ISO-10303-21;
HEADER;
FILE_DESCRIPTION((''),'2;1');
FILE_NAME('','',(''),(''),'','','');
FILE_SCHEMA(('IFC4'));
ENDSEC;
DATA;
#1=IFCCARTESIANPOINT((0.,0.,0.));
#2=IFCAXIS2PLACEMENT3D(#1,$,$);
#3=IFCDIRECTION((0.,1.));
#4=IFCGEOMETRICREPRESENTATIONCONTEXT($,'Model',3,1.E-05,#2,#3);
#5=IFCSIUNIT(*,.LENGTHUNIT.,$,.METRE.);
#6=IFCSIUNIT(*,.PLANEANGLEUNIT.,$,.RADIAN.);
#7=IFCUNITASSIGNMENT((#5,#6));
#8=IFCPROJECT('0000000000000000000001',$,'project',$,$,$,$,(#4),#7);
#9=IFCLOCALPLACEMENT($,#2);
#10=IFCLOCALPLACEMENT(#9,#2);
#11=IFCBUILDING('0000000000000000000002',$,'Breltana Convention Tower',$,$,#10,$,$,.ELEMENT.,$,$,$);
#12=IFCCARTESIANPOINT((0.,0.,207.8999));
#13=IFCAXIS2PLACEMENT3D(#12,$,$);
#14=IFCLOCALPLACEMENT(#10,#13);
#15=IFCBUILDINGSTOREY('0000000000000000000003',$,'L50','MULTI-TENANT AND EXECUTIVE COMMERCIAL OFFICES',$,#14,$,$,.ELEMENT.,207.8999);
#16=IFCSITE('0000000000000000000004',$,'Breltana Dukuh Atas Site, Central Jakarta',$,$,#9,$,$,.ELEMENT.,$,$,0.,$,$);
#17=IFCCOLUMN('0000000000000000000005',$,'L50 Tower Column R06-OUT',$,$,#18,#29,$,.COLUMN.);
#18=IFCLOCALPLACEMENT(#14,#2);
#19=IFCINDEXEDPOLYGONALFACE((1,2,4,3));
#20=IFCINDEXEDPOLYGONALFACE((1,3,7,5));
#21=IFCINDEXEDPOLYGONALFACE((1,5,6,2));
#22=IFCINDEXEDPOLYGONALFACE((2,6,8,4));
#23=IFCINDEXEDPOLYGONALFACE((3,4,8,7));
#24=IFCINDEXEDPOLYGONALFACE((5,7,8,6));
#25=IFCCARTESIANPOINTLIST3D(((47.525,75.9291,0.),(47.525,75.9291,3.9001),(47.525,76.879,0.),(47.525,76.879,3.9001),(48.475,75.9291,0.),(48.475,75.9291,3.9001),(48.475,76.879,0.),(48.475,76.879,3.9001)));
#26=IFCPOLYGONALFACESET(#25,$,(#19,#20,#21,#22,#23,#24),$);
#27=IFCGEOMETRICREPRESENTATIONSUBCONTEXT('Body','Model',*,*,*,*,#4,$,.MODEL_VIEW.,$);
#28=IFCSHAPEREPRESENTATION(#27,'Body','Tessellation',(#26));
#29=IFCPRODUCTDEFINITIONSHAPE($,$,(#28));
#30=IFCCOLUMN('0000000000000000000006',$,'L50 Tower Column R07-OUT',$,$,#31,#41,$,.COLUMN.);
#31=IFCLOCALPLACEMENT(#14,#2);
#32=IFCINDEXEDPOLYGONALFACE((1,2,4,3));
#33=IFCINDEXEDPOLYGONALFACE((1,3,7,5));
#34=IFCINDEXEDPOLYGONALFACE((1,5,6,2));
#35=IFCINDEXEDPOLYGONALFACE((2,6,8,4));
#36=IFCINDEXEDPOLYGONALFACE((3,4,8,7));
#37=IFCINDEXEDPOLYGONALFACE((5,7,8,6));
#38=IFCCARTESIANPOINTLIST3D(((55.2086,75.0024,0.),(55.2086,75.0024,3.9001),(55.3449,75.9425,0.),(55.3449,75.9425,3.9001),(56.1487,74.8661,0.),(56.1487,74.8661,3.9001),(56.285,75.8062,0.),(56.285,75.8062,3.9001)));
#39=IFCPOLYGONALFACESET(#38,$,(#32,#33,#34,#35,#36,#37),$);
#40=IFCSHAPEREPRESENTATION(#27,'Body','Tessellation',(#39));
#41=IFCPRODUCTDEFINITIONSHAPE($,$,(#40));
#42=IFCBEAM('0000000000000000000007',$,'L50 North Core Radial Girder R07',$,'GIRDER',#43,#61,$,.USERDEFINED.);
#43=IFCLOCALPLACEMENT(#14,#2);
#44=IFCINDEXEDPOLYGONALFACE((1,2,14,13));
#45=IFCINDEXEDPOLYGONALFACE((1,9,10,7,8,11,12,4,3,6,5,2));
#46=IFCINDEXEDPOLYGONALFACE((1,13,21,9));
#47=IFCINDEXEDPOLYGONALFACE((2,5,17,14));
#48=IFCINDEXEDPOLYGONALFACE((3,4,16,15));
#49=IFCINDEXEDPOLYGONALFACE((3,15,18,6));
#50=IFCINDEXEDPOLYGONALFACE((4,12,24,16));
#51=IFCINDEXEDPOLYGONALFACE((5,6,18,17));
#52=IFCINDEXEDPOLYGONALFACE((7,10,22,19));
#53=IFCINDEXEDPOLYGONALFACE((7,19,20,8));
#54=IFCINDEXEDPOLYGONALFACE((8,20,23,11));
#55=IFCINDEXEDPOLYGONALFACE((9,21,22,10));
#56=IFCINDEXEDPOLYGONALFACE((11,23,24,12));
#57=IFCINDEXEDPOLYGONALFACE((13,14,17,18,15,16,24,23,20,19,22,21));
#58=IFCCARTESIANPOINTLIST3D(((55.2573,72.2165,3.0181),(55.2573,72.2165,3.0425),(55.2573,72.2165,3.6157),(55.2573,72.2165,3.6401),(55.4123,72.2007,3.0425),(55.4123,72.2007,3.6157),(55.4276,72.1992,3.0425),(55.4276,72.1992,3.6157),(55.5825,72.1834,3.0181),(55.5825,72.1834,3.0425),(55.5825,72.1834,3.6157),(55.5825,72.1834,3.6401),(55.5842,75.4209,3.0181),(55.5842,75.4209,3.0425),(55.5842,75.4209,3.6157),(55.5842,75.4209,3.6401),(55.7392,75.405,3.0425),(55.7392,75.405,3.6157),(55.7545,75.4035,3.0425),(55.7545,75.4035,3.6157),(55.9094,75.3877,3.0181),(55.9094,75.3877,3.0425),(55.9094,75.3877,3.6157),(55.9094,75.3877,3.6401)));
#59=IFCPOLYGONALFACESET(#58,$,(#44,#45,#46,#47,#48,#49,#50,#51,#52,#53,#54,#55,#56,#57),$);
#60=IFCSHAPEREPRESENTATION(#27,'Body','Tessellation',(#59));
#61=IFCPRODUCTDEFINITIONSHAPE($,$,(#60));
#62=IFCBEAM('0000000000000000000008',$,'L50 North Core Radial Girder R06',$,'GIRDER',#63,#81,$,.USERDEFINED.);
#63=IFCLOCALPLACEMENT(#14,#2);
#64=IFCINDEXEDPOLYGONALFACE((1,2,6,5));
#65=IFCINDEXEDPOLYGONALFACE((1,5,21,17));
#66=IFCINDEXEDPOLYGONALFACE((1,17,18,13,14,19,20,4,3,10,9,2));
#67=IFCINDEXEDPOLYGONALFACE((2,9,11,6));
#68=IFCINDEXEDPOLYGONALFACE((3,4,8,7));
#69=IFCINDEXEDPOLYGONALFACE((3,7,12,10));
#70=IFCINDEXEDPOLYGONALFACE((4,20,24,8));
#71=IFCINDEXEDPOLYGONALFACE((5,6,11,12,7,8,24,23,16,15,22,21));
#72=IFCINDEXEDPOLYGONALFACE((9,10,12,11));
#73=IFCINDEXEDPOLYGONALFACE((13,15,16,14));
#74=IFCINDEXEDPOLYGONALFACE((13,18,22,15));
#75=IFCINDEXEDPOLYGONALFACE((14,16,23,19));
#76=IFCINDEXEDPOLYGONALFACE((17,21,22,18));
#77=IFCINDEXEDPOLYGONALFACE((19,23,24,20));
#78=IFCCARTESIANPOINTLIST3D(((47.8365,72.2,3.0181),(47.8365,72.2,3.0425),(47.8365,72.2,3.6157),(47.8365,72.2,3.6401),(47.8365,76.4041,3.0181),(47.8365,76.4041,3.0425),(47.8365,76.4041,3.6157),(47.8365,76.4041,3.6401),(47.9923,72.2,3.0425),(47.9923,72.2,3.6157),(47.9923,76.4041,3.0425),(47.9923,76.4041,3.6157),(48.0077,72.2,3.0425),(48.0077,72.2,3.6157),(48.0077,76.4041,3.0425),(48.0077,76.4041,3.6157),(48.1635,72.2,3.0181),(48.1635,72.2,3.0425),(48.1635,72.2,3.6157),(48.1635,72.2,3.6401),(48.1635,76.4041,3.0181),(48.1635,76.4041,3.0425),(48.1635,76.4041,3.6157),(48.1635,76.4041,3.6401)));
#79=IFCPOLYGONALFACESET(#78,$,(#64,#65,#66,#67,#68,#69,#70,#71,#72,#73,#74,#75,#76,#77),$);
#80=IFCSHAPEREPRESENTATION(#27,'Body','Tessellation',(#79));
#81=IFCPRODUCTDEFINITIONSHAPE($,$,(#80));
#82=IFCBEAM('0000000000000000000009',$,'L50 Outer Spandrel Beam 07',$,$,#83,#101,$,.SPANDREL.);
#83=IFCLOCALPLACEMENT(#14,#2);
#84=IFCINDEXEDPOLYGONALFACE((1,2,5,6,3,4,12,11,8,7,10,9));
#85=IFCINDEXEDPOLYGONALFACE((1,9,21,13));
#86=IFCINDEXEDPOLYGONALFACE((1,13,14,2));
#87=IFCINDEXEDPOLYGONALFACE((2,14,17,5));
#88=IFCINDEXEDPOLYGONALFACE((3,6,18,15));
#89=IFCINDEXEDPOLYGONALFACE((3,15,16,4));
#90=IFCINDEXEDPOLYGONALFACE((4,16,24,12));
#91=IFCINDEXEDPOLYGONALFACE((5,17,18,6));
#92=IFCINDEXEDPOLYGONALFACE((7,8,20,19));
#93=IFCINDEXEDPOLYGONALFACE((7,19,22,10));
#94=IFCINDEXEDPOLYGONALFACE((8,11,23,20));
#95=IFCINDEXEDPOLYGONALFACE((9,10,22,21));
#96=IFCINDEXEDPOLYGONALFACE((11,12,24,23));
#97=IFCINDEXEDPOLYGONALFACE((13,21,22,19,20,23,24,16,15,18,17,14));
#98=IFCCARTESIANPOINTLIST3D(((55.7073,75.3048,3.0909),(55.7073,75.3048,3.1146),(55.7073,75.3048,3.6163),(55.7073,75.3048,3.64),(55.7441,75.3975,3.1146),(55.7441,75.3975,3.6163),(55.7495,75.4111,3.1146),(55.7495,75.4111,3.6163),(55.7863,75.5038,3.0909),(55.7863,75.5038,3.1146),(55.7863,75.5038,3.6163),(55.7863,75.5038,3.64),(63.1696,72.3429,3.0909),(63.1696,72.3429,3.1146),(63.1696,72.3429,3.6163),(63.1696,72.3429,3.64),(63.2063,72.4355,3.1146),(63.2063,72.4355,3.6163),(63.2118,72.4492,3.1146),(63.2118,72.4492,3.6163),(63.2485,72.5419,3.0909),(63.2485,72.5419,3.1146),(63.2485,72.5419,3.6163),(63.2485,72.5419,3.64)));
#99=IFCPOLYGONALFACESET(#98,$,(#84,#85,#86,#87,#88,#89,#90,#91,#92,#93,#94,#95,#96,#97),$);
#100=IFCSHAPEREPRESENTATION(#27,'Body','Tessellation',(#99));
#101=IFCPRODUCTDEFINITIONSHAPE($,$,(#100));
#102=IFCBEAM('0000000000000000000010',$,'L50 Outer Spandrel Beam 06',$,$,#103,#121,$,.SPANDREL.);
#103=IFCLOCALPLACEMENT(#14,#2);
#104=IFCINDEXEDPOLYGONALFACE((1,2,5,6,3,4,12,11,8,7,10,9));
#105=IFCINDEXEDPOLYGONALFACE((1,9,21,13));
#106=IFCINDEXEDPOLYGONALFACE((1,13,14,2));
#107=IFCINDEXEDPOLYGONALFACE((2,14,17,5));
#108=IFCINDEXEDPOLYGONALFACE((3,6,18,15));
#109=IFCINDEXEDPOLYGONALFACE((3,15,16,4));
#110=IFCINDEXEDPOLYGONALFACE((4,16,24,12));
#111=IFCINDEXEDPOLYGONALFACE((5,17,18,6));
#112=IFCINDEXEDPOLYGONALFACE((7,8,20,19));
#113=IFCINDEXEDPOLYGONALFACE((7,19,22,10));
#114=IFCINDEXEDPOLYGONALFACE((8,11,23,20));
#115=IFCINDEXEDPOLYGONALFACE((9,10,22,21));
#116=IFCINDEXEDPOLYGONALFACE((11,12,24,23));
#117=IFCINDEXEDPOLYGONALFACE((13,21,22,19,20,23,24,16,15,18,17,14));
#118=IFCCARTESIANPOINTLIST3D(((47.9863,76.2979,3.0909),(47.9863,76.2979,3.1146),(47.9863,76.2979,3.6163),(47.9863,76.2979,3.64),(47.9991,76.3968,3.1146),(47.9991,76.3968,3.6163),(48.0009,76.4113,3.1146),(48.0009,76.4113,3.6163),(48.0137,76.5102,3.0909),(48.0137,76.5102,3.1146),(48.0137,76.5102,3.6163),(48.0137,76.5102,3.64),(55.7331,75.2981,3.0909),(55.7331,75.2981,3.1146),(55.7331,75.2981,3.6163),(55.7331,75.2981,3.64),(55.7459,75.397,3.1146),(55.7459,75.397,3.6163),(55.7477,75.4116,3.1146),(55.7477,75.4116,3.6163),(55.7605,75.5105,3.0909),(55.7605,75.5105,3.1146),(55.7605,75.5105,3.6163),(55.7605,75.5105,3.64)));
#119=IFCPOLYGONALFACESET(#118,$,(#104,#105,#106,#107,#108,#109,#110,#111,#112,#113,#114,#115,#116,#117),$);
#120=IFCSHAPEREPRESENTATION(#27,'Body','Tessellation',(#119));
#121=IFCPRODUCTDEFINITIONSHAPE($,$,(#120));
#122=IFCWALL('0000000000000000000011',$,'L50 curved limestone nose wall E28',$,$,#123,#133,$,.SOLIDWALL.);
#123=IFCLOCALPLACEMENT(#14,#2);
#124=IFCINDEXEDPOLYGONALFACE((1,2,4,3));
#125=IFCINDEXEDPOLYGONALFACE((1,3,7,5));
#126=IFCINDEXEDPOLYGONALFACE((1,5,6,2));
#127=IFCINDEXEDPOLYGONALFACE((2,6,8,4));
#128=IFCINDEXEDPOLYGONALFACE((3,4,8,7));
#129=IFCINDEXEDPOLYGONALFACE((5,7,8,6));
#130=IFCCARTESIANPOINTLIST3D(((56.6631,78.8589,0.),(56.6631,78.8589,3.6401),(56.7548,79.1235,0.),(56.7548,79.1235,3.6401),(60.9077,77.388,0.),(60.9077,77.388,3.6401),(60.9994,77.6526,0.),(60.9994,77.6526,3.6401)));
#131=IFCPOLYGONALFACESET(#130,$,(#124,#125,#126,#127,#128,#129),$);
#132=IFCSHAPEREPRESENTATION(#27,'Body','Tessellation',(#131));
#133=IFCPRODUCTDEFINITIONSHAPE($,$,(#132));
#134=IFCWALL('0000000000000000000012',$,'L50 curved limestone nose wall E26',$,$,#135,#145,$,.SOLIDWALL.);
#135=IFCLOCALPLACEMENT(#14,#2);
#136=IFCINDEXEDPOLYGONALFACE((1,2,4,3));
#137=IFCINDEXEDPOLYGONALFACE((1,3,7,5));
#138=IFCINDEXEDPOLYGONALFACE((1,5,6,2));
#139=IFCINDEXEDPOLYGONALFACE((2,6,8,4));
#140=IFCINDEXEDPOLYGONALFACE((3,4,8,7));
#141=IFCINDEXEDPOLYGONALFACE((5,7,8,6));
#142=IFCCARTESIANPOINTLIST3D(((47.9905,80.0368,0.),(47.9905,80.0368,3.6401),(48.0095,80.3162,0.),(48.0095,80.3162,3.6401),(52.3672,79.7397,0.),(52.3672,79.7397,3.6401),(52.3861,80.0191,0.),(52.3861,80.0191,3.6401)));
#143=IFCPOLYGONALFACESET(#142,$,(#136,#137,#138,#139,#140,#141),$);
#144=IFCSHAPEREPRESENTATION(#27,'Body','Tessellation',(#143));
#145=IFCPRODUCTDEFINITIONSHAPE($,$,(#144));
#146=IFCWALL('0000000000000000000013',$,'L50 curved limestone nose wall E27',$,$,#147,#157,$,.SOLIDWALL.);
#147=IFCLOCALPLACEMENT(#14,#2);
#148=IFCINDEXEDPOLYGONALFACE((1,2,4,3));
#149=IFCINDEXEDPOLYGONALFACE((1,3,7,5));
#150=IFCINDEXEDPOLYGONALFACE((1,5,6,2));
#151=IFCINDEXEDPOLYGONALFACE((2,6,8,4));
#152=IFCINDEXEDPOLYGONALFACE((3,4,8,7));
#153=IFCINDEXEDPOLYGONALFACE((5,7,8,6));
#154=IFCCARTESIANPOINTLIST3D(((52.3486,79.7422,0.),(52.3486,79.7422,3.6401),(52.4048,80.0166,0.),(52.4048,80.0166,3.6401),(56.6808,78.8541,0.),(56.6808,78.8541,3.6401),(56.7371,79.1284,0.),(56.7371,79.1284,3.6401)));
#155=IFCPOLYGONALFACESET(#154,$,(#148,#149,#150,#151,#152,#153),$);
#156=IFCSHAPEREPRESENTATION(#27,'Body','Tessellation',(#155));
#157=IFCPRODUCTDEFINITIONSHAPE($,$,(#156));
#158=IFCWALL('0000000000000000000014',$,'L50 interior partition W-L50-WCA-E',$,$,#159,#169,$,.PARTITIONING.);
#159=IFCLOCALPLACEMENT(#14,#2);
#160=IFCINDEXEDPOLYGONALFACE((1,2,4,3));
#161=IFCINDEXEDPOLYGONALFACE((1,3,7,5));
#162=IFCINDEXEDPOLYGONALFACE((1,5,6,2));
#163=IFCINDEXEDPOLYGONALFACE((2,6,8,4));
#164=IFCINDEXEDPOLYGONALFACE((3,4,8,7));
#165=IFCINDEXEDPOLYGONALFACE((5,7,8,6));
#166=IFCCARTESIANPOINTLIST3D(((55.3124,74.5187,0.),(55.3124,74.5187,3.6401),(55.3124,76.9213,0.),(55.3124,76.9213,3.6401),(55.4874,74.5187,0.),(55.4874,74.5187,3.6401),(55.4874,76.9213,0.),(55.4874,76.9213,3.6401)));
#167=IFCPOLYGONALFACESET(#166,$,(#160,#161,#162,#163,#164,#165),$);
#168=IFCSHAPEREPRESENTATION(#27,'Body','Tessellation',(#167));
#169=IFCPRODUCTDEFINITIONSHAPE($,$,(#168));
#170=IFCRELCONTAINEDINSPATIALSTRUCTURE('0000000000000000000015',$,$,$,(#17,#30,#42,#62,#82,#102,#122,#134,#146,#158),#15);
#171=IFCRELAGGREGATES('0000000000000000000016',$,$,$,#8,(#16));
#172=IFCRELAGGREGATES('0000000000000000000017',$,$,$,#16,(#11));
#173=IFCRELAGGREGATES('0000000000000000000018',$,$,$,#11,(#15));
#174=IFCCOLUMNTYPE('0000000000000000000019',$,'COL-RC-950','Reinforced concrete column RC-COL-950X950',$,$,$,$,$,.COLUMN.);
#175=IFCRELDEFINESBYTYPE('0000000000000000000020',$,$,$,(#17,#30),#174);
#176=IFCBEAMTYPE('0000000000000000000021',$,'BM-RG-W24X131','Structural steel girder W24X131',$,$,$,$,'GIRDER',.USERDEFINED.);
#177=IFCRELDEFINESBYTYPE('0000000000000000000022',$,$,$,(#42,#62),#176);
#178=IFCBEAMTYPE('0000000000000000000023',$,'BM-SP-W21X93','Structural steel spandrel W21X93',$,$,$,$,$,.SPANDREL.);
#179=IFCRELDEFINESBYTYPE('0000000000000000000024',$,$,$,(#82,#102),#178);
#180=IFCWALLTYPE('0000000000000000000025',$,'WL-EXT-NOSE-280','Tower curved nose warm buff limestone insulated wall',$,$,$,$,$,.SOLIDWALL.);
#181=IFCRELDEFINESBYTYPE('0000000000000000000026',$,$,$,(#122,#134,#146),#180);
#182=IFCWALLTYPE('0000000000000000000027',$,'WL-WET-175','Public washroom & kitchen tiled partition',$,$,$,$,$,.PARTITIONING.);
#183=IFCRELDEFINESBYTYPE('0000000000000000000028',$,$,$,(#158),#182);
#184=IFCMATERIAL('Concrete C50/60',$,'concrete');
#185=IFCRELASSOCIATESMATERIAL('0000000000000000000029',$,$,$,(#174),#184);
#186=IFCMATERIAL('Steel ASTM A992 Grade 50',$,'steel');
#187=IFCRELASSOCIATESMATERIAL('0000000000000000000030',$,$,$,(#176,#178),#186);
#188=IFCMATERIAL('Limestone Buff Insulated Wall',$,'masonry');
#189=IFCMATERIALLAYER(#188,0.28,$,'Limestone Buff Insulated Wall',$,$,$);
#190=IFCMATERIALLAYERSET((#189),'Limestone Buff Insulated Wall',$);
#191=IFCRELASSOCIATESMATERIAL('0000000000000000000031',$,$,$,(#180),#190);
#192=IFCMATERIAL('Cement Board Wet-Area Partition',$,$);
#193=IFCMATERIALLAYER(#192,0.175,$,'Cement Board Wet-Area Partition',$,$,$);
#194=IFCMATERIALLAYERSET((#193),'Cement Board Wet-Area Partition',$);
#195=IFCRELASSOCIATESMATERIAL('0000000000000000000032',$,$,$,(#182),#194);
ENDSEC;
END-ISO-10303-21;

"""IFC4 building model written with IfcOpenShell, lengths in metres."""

from ifc_helpers import new_model, si_unit, direction, frame, frame_2d, origin, origin_2d, place, context, subcontext, project, spatial, rectangle, i_section, extrude, source, transform, mapped, material, layer, layer_set, material_profile, profile_set, type_object, element, save


model = new_model("IFC4")

# Units and contexts
model_context = context("Model", 3, precision=1e-05, world=origin(), true_north=direction((0.0, 1.0)))
body_context = subcontext(model_context, "Body", "Model", "MODEL_VIEW")
ifc_project = project(units=[si_unit("LENGTHUNIT", "METRE"), si_unit("PLANEANGLEUNIT", "RADIAN")], contexts=[model_context])

# Site, building, storey
site_placement = place(None, origin())
site = spatial("IfcSite", under=ifc_project, at=site_placement, Name="Breltana Dukuh Atas Site, Central Jakarta", CompositionType="ELEMENT", RefElevation=0.0)
building_placement = place(site_placement, origin())
building = spatial("IfcBuilding", under=site, at=building_placement, Name="Breltana Convention Tower", CompositionType="ELEMENT")
storey_placement = place(building_placement, frame((0.0, 0.0, 207.8999)))
storey = spatial("IfcBuildingStorey", under=building, at=storey_placement, Name="L50", Description="MULTI-TENANT AND EXECUTIVE COMMERCIAL OFFICES", CompositionType="ELEMENT", Elevation=207.8999)

# Columns
ifc_material_1 = material(Name="Concrete C50/60", Category="concrete")
ifc_material_profile_1 = material_profile(ifc_material_1, rectangle(XDim=0.95, YDim=0.95, at=origin_2d()), Name="RC-COL-950X950")
ifc_profile_set_1 = profile_set([ifc_material_profile_1], Name="Concrete C50/60")
column_type = type_object("IfcColumnType", Name="COL-RC-950", Description="Reinforced concrete column RC-COL-950X950", PredefinedType="COLUMN", material=ifc_profile_set_1)
shared_shape_1 = source(origin(), body_context, "Body", "SweptSolid", [
    extrude(rectangle(XDim=0.95, YDim=0.95, at=origin_2d()), origin(), (0.0, 0.0, 1.0), 3.9001),
])
for number, where, z_axis, x_axis, name in (
    (1, (48.0, 76.4041, 0.0), (0.0, 0.0, 1.0), (0.0, 1.0, 0.0), "L50 Tower Column R06-OUT"),
    (2, (55.7468, 75.4043, 0.0), (0.0, 0.0, 1.0), (0.143493, 0.989651, 0.0), "L50 Tower Column R07-OUT"),
):
    element("IfcColumn", number, at=place(storey_placement, frame(where, z_axis=z_axis, x_axis=x_axis)), inside=storey, type_object=column_type, Name=name, PredefinedType="COLUMN", context=body_context, shape_type="MappedRepresentation", body=[
        mapped(shared_shape_1, transform((0.0, 0.0, 0.0), scale=1.0)),
    ])

# Beams
ifc_material_2 = material(Name="Steel ASTM A992 Grade 50", Category="steel")
ifc_material_profile_2 = material_profile(ifc_material_2, i_section(OverallWidth=0.3269, OverallDepth=0.6221, WebThickness=0.0154, FlangeThickness=0.0244, at=origin_2d()), Name="W24X131")
ifc_profile_set_2 = profile_set([ifc_material_profile_2], Name="Steel ASTM A992 Grade 50")
beam_type_1 = type_object("IfcBeamType", Name="BM-RG-W24X131", Description="Structural steel girder W24X131", ElementType="GIRDER", PredefinedType="USERDEFINED", material=ifc_profile_set_2)
shared_shape_2 = source(origin(), body_context, "Body", "SweptSolid", [
    extrude(i_section(OverallWidth=0.3269, OverallDepth=0.6221, WebThickness=0.0154, FlangeThickness=0.0244, at=origin_2d()), origin(), (0.0, 0.0, 1.0), 3.2209),
])
beam_1_placement = place(storey_placement, frame((55.4199, 72.2, 3.3291), z_axis=(0.101492, 0.994836, 0.0), x_axis=(-0.994836, 0.101492, 0.0)))
element("IfcBeam", 3, at=beam_1_placement, inside=storey, type_object=beam_type_1, Name="L50 North Core Radial Girder R07", ObjectType="GIRDER", PredefinedType="USERDEFINED", context=body_context, shape_type="MappedRepresentation", body=[
    mapped(shared_shape_2, transform((0.0, 0.0, 0.0), scale=1.0)),
])
shared_shape_3 = source(origin(), body_context, "Body", "SweptSolid", [
    extrude(i_section(OverallWidth=0.3269, OverallDepth=0.6221, WebThickness=0.0154, FlangeThickness=0.0244, at=origin_2d()), origin(), (0.0, 0.0, 1.0), 4.2041),
])
beam_2_placement = place(storey_placement, frame((48.0, 72.2, 3.3291), z_axis=(0.0, 1.0, 0.0), x_axis=(-1.0, 0.0, 0.0)))
element("IfcBeam", 4, at=beam_2_placement, inside=storey, type_object=beam_type_1, Name="L50 North Core Radial Girder R06", ObjectType="GIRDER", PredefinedType="USERDEFINED", context=body_context, shape_type="MappedRepresentation", body=[
    mapped(shared_shape_3, transform((0.0, 0.0, 0.0), scale=1.0)),
])
ifc_material_profile_3 = material_profile(ifc_material_2, i_section(OverallWidth=0.2141, OverallDepth=0.5491, WebThickness=0.0146, FlangeThickness=0.0237, at=origin_2d()), Name="W21X93")
ifc_profile_set_3 = profile_set([ifc_material_profile_3], Name="Steel ASTM A992 Grade 50")
beam_type_2 = type_object("IfcBeamType", Name="BM-SP-W21X93", Description="Structural steel spandrel W21X93", PredefinedType="SPANDREL", material=ifc_profile_set_3)
shared_shape_4 = source(origin(), body_context, "Body", "SweptSolid", [
    extrude(i_section(OverallWidth=0.2141, OverallDepth=0.5491, WebThickness=0.0146, FlangeThickness=0.0237, at=origin_2d()), origin(), (0.0, 0.0, 1.0), 8.0286),
])
beam_3_placement = place(storey_placement, frame((55.7468, 75.4043, 3.3655), z_axis=(0.929459, -0.368925, 0.0), x_axis=(0.368925, 0.929459, 0.0)))
element("IfcBeam", 5, at=beam_3_placement, inside=storey, type_object=beam_type_2, Name="L50 Outer Spandrel Beam 07", PredefinedType="SPANDREL", context=body_context, shape_type="MappedRepresentation", body=[
    mapped(shared_shape_4, transform((0.0, 0.0, 0.0), scale=1.0)),
])
shared_shape_5 = source(origin(), body_context, "Body", "SweptSolid", [
    extrude(i_section(OverallWidth=0.2141, OverallDepth=0.5491, WebThickness=0.0146, FlangeThickness=0.0237, at=origin_2d()), origin(), (0.0, 0.0, 1.0), 7.811),
])
beam_4_placement = place(storey_placement, frame((48.0, 76.4041, 3.3655), z_axis=(0.991775, -0.127992, 0.0), x_axis=(0.127992, 0.991775, 0.0)))
element("IfcBeam", 6, at=beam_4_placement, inside=storey, type_object=beam_type_2, Name="L50 Outer Spandrel Beam 06", PredefinedType="SPANDREL", context=body_context, shape_type="MappedRepresentation", body=[
    mapped(shared_shape_5, transform((0.0, 0.0, 0.0), scale=1.0)),
])

# Walls
ifc_material_3 = material(Name="Limestone Buff Insulated Wall", Category="masonry")
ifc_layer_1 = layer(ifc_material_3, 0.28, Name="Limestone Buff Insulated Wall")
ifc_layer_set_1 = layer_set([ifc_layer_1], Name="Limestone Buff Insulated Wall")
wall_type_1 = type_object("IfcWallType", Name="WL-EXT-NOSE-280", Description="Tower curved nose warm buff limestone insulated wall", PredefinedType="SOLIDWALL", material=ifc_layer_set_1)
shared_shape_6 = source(origin(), body_context, "Body", "SweptSolid", [
    extrude(rectangle(XDim=4.4922, YDim=0.28, at=frame_2d((2.2461, 0.0))), origin(), (0.0, 0.0, 1.0), 3.6401),
])
wall_1_placement = place(storey_placement, frame((56.709, 78.9912, 0.0), z_axis=(0.0, 0.0, 1.0), x_axis=(0.944872, -0.327439, 0.0)))
element("IfcWall", 7, at=wall_1_placement, inside=storey, type_object=wall_type_1, Name="L50 curved limestone nose wall E28", PredefinedType="SOLIDWALL", context=body_context, shape_type="MappedRepresentation", body=[
    mapped(shared_shape_6, transform((0.0, 0.0, 0.0), scale=1.0)),
])
shared_shape_7 = source(origin(), body_context, "Body", "SweptSolid", [
    extrude(rectangle(XDim=4.3867, YDim=0.28, at=frame_2d((2.1934, 0.0))), origin(), (0.0, 0.0, 1.0), 3.6401),
])
wall_2_placement = place(storey_placement, frame((48.0, 80.1765, 0.0), z_axis=(0.0, 0.0, 1.0), x_axis=(0.997704, -0.067731, 0.0)))
element("IfcWall", 8, at=wall_2_placement, inside=storey, type_object=wall_type_1, Name="L50 curved limestone nose wall E26", PredefinedType="SOLIDWALL", context=body_context, shape_type="MappedRepresentation", body=[
    mapped(shared_shape_7, transform((0.0, 0.0, 0.0), scale=1.0)),
])
shared_shape_8 = source(origin(), body_context, "Body", "SweptSolid", [
    extrude(rectangle(XDim=4.4224, YDim=0.28, at=frame_2d((2.2112, 0.0))), origin(), (0.0, 0.0, 1.0), 3.6401),
])
wall_3_placement = place(storey_placement, frame((52.3767, 79.8794, 0.0), z_axis=(0.0, 0.0, 1.0), x_axis=(0.979624, -0.200838, 0.0)))
element("IfcWall", 9, at=wall_3_placement, inside=storey, type_object=wall_type_1, Name="L50 curved limestone nose wall E27", PredefinedType="SOLIDWALL", context=body_context, shape_type="MappedRepresentation", body=[
    mapped(shared_shape_8, transform((0.0, 0.0, 0.0), scale=1.0)),
])
ifc_material_4 = material(Name="Cement Board Wet-Area Partition")
ifc_layer_2 = layer(ifc_material_4, 0.175, Name="Cement Board Wet-Area Partition")
ifc_layer_set_2 = layer_set([ifc_layer_2], Name="Cement Board Wet-Area Partition")
wall_type_2 = type_object("IfcWallType", Name="WL-WET-175", Description="Public washroom & kitchen tiled partition", PredefinedType="PARTITIONING", material=ifc_layer_set_2)
shared_shape_9 = source(origin(), body_context, "Body", "SweptSolid", [
    extrude(rectangle(XDim=2.4026, YDim=0.175, at=frame_2d((1.2012, 0.0))), origin(), (0.0, 0.0, 1.0), 3.6401),
])
wall_4_placement = place(storey_placement, frame((55.3999, 74.5188, 0.0), z_axis=(0.0, 0.0, 1.0), x_axis=(0.0, 1.0, 0.0)))
element("IfcWall", 10, at=wall_4_placement, inside=storey, type_object=wall_type_2, Name="L50 interior partition W-L50-WCA-E", PredefinedType="PARTITIONING", context=body_context, shape_type="MappedRepresentation", body=[
    mapped(shared_shape_9, transform((0.0, 0.0, 0.0), scale=1.0)),
])

save(model, "model.ifc")
